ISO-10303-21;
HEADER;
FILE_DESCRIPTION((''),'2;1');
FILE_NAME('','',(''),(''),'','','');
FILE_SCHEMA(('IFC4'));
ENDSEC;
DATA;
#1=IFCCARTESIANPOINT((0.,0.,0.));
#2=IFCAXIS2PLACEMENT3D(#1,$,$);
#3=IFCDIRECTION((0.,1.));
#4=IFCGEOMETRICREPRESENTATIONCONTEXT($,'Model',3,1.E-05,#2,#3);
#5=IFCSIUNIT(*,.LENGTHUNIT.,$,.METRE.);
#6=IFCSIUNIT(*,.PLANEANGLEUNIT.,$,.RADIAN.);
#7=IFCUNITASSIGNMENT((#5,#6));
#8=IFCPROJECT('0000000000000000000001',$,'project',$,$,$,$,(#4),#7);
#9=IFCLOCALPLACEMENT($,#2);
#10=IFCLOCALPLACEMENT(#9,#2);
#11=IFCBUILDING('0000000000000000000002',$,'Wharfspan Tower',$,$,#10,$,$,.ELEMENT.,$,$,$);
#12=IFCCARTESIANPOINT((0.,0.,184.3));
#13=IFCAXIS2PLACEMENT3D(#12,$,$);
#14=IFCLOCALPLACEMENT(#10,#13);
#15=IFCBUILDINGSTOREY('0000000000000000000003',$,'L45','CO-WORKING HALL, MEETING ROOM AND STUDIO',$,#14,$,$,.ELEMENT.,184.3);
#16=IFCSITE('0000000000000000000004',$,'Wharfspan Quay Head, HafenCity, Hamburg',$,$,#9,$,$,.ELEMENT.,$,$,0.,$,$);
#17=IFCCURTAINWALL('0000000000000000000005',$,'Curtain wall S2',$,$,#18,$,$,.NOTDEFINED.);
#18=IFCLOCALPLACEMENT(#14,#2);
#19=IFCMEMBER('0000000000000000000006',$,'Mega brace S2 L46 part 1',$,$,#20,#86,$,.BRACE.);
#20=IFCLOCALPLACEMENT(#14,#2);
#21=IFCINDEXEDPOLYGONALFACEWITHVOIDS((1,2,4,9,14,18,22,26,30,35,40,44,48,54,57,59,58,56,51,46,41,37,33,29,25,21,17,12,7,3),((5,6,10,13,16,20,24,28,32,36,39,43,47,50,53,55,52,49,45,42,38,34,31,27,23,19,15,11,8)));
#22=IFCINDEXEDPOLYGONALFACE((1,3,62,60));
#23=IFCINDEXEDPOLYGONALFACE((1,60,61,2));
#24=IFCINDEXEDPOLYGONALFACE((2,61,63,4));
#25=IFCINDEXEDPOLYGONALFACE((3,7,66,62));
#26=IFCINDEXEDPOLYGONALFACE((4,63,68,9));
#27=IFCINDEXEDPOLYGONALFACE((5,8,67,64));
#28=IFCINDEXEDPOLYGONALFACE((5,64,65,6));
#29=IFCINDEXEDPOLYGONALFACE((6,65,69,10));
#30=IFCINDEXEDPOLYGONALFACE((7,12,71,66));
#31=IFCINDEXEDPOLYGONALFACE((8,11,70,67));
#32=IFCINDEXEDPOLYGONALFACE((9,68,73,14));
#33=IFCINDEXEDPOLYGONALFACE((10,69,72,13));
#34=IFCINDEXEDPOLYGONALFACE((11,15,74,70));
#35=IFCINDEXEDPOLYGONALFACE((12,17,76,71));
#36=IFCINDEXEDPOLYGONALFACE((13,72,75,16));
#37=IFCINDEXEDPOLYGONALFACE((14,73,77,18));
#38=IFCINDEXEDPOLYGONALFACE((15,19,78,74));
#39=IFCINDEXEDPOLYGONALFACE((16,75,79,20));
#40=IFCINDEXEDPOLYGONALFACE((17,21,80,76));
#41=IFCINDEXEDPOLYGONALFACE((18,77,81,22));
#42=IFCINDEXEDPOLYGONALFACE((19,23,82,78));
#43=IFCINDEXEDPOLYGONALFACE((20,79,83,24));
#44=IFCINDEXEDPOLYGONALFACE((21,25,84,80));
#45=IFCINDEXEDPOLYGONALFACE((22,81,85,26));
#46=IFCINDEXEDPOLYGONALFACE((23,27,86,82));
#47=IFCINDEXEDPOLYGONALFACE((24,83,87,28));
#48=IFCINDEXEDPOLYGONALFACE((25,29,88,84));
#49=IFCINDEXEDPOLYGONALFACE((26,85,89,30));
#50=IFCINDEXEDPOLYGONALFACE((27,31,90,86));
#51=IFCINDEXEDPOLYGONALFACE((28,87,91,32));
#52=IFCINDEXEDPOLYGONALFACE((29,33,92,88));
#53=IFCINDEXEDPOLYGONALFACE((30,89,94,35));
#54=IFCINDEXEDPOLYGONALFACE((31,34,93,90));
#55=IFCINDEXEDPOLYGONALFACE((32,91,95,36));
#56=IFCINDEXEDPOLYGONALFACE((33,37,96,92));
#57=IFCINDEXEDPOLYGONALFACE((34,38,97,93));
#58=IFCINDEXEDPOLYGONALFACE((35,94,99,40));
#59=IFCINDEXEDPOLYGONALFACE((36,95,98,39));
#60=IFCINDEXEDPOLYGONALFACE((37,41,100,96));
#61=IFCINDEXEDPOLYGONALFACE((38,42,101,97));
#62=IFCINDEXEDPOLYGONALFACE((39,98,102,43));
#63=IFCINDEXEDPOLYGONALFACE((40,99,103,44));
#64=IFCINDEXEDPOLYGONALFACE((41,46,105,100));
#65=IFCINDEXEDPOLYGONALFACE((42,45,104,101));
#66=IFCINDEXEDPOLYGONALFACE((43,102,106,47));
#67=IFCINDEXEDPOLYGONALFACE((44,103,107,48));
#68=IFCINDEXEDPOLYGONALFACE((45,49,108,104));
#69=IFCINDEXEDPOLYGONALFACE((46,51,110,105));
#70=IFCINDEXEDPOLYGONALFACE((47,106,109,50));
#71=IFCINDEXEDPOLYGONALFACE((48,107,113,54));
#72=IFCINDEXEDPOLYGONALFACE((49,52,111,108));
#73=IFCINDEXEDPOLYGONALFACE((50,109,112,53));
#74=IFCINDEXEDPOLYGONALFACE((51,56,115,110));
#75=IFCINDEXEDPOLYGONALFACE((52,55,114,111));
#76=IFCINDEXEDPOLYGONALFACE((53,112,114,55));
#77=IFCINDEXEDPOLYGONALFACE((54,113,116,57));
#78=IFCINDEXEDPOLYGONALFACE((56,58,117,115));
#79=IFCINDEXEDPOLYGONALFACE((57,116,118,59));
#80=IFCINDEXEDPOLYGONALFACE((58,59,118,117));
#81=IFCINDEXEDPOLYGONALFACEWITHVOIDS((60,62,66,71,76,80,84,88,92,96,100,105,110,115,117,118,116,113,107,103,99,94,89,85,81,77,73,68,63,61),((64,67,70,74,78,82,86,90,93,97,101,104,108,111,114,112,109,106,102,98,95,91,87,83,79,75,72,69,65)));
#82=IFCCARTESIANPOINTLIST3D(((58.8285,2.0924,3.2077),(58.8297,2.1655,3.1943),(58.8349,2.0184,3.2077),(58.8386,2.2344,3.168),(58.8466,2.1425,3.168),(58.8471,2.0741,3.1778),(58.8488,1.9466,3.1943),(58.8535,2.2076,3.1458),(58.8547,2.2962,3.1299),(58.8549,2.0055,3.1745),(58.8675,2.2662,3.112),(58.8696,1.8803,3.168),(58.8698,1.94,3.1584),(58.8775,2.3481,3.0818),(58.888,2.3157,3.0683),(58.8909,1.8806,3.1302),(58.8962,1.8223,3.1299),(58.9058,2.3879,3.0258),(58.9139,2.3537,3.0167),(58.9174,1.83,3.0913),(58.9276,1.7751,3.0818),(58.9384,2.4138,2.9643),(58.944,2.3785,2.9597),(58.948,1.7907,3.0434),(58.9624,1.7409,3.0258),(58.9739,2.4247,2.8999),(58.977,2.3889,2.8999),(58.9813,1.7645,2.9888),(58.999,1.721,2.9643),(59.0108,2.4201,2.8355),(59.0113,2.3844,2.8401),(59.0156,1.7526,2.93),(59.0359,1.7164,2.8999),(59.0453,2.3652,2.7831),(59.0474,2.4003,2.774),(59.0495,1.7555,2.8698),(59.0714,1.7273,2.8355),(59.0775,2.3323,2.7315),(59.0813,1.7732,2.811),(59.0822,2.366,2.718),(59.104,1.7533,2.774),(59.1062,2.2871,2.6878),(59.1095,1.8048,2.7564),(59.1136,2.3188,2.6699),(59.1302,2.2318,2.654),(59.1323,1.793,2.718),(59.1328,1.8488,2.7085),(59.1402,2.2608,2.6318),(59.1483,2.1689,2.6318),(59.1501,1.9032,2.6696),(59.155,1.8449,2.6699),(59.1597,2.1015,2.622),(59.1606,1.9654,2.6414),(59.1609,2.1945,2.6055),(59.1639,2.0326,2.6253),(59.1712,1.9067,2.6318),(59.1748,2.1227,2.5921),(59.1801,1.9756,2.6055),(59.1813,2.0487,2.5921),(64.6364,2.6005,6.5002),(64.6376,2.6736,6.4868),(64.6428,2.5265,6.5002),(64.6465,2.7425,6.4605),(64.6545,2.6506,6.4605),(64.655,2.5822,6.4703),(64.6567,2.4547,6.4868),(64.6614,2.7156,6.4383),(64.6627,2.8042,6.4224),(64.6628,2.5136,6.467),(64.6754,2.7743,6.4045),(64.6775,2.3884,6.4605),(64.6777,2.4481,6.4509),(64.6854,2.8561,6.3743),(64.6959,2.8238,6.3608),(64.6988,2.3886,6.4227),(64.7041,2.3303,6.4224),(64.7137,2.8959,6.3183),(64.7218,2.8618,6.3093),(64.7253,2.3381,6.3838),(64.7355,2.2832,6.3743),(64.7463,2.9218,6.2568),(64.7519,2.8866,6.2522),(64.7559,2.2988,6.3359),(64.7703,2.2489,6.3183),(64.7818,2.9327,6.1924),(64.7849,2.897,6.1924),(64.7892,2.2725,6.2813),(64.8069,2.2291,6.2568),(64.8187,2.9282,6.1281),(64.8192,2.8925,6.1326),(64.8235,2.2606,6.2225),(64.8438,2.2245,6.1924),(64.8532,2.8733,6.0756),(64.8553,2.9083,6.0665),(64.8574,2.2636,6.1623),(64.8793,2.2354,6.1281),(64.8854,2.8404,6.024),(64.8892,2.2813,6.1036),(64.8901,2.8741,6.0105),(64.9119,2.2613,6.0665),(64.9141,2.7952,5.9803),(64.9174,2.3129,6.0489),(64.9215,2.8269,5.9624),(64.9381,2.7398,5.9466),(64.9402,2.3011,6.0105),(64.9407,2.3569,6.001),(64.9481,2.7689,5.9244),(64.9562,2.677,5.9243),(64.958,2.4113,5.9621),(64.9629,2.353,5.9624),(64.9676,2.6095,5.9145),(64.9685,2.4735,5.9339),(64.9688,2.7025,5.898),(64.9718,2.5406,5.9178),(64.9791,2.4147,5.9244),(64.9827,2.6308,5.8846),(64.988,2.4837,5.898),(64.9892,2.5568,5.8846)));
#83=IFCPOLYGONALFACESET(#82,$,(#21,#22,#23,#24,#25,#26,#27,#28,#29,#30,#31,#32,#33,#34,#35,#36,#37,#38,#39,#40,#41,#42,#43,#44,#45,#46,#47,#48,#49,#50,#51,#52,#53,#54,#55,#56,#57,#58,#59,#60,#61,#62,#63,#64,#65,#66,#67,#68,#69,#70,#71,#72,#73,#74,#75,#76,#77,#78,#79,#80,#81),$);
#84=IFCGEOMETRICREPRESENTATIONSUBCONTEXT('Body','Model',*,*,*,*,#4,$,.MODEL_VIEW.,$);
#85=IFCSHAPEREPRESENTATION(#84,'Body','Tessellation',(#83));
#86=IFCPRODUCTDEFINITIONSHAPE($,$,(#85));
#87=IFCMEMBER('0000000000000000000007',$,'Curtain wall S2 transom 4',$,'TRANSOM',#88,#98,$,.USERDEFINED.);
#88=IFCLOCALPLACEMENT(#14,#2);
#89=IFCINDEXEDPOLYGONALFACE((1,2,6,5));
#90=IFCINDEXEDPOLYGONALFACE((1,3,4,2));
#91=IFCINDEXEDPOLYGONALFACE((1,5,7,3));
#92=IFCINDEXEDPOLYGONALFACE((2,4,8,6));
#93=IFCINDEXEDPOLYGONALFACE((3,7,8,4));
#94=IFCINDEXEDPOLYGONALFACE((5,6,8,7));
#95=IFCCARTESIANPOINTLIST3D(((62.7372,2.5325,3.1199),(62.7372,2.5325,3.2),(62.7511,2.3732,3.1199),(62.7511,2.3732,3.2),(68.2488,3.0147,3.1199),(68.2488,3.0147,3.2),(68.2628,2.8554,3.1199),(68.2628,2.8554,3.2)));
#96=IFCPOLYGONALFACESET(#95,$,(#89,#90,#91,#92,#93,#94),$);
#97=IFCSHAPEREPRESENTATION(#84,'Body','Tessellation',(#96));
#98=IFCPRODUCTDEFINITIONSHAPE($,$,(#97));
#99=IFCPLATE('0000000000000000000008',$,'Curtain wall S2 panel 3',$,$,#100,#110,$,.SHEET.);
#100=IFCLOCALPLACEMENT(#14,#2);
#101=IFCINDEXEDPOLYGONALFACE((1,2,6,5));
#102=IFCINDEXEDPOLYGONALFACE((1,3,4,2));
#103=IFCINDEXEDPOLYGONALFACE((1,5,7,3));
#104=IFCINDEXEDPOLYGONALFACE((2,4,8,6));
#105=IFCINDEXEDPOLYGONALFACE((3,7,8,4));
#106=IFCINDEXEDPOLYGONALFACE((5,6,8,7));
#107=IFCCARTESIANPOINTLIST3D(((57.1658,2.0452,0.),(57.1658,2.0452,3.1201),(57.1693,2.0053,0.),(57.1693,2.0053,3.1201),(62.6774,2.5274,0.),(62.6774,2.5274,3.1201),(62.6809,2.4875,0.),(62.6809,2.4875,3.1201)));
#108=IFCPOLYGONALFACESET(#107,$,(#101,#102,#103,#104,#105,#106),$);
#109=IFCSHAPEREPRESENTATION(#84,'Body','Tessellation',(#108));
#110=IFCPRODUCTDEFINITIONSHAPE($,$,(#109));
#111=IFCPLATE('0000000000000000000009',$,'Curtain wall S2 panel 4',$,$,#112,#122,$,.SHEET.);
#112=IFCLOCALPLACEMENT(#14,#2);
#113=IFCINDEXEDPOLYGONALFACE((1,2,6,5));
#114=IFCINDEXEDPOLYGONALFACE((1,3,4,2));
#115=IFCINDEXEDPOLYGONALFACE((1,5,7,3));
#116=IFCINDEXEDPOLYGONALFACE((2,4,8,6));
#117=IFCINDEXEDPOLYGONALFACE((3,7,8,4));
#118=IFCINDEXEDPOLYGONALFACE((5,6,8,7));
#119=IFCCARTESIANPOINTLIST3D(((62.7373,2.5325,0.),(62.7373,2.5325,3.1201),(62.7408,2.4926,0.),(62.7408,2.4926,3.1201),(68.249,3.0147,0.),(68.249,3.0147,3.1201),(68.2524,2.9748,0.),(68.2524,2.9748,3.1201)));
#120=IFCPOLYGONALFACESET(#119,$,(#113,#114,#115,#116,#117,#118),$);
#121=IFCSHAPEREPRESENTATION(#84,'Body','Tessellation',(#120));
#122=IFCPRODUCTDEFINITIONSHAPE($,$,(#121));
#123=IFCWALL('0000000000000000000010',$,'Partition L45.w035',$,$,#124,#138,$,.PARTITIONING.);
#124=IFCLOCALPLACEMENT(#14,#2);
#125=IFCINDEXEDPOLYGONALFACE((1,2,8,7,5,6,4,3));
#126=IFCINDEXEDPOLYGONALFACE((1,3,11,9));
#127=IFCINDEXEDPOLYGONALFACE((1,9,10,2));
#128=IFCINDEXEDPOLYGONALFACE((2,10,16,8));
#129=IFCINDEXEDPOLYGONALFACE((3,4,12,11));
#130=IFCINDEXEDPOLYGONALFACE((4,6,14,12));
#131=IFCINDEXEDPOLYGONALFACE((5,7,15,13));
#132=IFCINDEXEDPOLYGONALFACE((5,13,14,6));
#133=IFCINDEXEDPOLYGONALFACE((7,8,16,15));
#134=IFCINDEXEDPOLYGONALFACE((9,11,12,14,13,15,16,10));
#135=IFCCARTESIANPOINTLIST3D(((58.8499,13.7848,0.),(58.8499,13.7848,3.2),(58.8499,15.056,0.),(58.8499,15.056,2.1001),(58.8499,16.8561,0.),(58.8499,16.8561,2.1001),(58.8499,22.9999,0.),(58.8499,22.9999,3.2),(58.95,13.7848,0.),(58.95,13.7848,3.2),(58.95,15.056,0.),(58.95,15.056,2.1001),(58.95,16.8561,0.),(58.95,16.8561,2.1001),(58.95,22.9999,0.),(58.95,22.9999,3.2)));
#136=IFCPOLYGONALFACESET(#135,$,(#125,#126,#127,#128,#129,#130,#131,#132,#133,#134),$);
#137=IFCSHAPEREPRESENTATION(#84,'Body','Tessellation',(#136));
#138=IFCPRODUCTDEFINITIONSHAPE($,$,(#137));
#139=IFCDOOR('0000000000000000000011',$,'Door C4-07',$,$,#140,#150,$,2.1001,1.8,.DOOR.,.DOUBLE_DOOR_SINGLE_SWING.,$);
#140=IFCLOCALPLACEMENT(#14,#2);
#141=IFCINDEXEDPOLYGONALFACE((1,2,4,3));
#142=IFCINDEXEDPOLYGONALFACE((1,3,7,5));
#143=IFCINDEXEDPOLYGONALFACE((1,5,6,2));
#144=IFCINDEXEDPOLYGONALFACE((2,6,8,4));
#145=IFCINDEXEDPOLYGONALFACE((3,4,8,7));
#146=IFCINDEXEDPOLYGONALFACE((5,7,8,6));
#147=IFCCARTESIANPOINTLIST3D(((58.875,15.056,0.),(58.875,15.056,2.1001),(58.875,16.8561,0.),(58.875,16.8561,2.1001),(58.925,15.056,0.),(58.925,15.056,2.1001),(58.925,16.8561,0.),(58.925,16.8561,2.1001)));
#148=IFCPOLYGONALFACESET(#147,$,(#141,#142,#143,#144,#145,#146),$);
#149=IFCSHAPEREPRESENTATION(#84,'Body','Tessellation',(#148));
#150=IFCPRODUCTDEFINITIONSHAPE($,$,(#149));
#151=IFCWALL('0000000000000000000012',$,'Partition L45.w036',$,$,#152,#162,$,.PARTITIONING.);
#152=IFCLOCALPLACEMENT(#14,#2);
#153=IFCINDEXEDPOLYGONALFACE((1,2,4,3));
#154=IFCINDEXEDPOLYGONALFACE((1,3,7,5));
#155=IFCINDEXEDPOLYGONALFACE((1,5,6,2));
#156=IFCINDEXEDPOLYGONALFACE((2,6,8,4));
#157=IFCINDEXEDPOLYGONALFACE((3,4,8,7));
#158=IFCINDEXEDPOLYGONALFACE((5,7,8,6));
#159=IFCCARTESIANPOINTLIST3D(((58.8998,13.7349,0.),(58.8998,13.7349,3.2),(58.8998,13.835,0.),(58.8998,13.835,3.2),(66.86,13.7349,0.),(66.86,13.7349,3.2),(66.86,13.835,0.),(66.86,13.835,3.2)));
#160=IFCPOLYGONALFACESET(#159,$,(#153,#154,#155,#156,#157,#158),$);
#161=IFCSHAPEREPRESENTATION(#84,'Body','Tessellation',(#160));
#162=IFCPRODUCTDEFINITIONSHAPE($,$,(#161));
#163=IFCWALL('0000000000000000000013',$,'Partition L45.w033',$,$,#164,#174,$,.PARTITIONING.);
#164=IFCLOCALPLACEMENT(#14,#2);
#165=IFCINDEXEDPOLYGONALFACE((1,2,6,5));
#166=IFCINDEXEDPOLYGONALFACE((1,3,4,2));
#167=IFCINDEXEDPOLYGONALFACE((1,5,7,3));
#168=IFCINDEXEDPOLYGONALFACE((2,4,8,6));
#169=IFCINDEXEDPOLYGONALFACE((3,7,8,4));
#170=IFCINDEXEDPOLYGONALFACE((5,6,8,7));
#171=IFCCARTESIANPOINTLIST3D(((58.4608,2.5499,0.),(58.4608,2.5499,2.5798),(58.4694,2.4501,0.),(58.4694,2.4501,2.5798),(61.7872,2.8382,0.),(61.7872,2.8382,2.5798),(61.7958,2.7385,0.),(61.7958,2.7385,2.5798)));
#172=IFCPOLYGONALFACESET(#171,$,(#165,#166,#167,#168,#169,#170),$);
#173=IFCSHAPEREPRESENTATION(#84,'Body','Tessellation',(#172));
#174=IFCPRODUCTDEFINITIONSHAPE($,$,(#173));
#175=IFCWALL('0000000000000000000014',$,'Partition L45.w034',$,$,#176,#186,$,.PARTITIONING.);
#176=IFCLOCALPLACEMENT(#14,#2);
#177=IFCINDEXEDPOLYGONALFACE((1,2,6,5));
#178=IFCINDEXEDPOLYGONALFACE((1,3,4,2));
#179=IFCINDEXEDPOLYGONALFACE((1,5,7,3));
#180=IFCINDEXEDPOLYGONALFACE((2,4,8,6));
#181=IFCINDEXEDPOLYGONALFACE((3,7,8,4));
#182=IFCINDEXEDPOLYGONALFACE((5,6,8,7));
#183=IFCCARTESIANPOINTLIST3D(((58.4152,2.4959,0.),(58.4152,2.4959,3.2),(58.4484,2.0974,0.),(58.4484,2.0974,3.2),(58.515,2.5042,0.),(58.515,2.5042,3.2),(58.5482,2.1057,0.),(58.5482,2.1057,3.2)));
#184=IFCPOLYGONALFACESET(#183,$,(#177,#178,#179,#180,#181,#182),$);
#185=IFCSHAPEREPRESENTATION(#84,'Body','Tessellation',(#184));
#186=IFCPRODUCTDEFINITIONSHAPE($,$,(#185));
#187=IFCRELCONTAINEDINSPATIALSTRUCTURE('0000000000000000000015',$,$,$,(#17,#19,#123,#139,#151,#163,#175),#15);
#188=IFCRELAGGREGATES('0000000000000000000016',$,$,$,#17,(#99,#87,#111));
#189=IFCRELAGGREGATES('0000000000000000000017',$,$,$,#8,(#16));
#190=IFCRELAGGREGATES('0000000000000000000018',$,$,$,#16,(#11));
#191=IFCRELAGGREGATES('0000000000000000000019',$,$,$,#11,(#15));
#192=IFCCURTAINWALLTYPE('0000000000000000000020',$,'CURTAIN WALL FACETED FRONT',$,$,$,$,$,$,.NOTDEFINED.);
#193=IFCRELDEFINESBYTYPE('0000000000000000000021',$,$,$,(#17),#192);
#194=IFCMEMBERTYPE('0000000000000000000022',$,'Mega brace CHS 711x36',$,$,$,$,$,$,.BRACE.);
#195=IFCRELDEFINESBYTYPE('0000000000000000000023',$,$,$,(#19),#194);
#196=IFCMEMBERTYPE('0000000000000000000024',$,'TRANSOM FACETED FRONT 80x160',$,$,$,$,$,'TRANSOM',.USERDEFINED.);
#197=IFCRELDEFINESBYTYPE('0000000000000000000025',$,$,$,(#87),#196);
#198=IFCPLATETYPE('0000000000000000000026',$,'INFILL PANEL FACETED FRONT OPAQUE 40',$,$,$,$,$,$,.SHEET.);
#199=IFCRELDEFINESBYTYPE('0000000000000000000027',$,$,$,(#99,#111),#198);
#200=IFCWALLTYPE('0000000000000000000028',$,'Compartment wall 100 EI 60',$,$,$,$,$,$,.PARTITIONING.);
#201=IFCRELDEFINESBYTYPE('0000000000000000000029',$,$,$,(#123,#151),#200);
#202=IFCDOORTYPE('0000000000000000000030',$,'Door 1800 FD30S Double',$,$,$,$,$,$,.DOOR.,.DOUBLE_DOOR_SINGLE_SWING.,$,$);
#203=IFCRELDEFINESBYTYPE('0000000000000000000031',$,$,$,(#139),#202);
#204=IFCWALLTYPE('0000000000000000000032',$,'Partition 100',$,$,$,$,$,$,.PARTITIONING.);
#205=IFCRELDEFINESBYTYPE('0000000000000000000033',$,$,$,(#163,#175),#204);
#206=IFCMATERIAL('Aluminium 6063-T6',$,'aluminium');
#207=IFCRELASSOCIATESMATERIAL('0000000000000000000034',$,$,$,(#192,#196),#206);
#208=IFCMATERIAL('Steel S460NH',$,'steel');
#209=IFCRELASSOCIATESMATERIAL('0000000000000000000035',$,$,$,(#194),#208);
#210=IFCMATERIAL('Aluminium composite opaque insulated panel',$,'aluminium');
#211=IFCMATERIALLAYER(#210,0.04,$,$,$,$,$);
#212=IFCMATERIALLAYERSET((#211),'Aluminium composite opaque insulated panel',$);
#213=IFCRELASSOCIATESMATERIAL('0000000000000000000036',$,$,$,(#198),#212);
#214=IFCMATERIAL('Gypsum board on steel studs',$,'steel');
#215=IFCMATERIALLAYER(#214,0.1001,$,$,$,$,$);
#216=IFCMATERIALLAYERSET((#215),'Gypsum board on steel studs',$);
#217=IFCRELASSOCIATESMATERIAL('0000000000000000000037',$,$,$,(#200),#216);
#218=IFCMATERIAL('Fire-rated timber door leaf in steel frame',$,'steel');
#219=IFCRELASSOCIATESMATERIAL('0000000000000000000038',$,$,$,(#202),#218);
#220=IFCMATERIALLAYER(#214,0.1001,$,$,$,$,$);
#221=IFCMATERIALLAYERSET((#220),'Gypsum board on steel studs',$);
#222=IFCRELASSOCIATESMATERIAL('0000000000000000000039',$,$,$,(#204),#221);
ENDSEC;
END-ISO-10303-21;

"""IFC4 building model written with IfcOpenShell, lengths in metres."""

from ifc_helpers import new_model, si_unit, direction, frame, frame_2d, origin, origin_2d, place, context, subcontext, project, spatial, rectangle, hollow_circle, extrude, material, layer, layer_set, material_profile, profile_set, type_object, element, fill, aggregate, save


model = new_model("IFC4")

# Units and contexts
model_context = context("Model", 3, precision=1e-05, world=origin(), true_north=direction((0.0, 1.0)))
body_context = subcontext(model_context, "Body", "Model", "MODEL_VIEW")
ifc_project = project(units=[si_unit("LENGTHUNIT", "METRE"), si_unit("PLANEANGLEUNIT", "RADIAN")], contexts=[model_context])

# Site, building, storey
site_placement = place(None, origin())
site = spatial("IfcSite", under=ifc_project, at=site_placement, Name="Wharfspan Quay Head, HafenCity, Hamburg", CompositionType="ELEMENT", RefElevation=0.0)
building_placement = place(site_placement, origin())
building = spatial("IfcBuilding", under=site, at=building_placement, Name="Wharfspan Tower", CompositionType="ELEMENT")
storey_placement = place(building_placement, frame((0.0, 0.0, 184.3)))
storey = spatial("IfcBuildingStorey", under=building, at=storey_placement, Name="L45", Description="CO-WORKING HALL, MEETING ROOM AND STUDIO", CompositionType="ELEMENT", Elevation=184.3)

# Curtain wall
ifc_material_1 = material(Name="Aluminium 6063-T6", Category="aluminium")
curtain_wall_type = type_object("IfcCurtainWallType", Name="CURTAIN WALL FACETED FRONT", PredefinedType="NOTDEFINED", material=ifc_material_1)
curtain_wall_placement = place(storey_placement, origin())
curtain_wall = element("IfcCurtainWall", 1, at=curtain_wall_placement, inside=storey, type_object=curtain_wall_type, Name="Curtain wall S2", PredefinedType="NOTDEFINED")

# Members
ifc_material_2 = material(Name="Steel S460NH", Category="steel")
ifc_material_profile_1 = material_profile(ifc_material_2, hollow_circle(Radius=0.3555, WallThickness=0.0359, at=origin_2d()))
ifc_profile_set_1 = profile_set([ifc_material_profile_1], Name="Steel S460NH")
member_type_1 = type_object("IfcMemberType", Name="Mega brace CHS 711x36", PredefinedType="BRACE", material=ifc_profile_set_1)
member_1_placement = place(storey_placement, frame((59.0049, 2.0706, 2.8999), z_axis=(0.867427, 0.07588, 0.491745), x_axis=(-0.087145, 0.996197, 0.000001)))
element("IfcMember", 2, at=member_1_placement, inside=storey, type_object=member_type_1, Name="Mega brace S2 L46 part 1", PredefinedType="BRACE", context=body_context, shape_type="SweptSolid", body=[
    extrude(hollow_circle(Radius=0.3555, WallThickness=0.0359, at=origin_2d()), origin(), (0.0, 0.0, 1.0), 6.6956),
])
ifc_material_profile_2 = material_profile(ifc_material_1, rectangle(XDim=0.1599, YDim=0.0801, at=origin_2d()))
ifc_profile_set_2 = profile_set([ifc_material_profile_2], Name="Aluminium 6063-T6")
member_type_2 = type_object("IfcMemberType", Name="TRANSOM FACETED FRONT 80x160", ElementType="TRANSOM", PredefinedType="USERDEFINED", material=ifc_profile_set_2)
member_2_placement = place(storey_placement, frame((62.7441, 2.4529, 3.1599), z_axis=(0.996195, 0.087149, 0.0), x_axis=(-0.087149, 0.996195, 0.0)))
member_2 = element("IfcMember", 3, at=member_2_placement, type_object=member_type_2, Name="Curtain wall S2 transom 4", ObjectType="TRANSOM", PredefinedType="USERDEFINED", context=body_context, shape_type="SweptSolid", body=[
    extrude(rectangle(XDim=0.1599, YDim=0.0801, at=origin_2d()), origin(), (0.0, 0.0, 1.0), 5.5327),
])

# Plates
ifc_material_3 = material(Name="Aluminium composite opaque insulated panel", Category="aluminium")
ifc_layer_1 = layer(ifc_material_3, 0.04)
ifc_layer_set_1 = layer_set([ifc_layer_1], Name="Aluminium composite opaque insulated panel")
plate_type = type_object("IfcPlateType", Name="INFILL PANEL FACETED FRONT OPAQUE 40", PredefinedType="SHEET", material=ifc_layer_set_1)
plate_1_placement = place(storey_placement, frame((59.9233, 2.2664, 0.0), z_axis=(0.0, 0.0, 1.0), x_axis=(0.996198, 0.087156, 0.0)))
plate_1 = element("IfcPlate", 4, at=plate_1_placement, type_object=plate_type, Name="Curtain wall S2 panel 3", PredefinedType="SHEET", context=body_context, shape_type="SweptSolid", body=[
    extrude(rectangle(XDim=5.5327, YDim=0.04, at=origin_2d()), origin(), (0.0, 0.0, 1.0), 3.1201),
])
plate_2_placement = place(storey_placement, frame((65.4949, 2.7537, 0.0), z_axis=(0.0, 0.0, 1.0), x_axis=(0.996198, 0.087156, 0.0)))
plate_2 = element("IfcPlate", 5, at=plate_2_placement, type_object=plate_type, Name="Curtain wall S2 panel 4", PredefinedType="SHEET", context=body_context, shape_type="SweptSolid", body=[
    extrude(rectangle(XDim=5.5327, YDim=0.04, at=origin_2d()), origin(), (0.0, 0.0, 1.0), 3.1201),
])
aggregate(curtain_wall, [plate_1, member_2, plate_2])

# Wall, opening, door
ifc_material_4 = material(Name="Gypsum board on steel studs", Category="steel")
ifc_layer_2 = layer(ifc_material_4, 0.1001)
ifc_layer_set_2 = layer_set([ifc_layer_2], Name="Gypsum board on steel studs")
wall_type_1 = type_object("IfcWallType", Name="Compartment wall 100 EI 60", PredefinedType="PARTITIONING", material=ifc_layer_set_2)
wall_1_placement = place(storey_placement, frame((58.8999, 13.7849, 0.0), z_axis=(0.0, 0.0, 1.0), x_axis=(0.0, 1.0, 0.0)))
wall_1 = element("IfcWall", 6, at=wall_1_placement, inside=storey, type_object=wall_type_1, Name="Partition L45.w035", PredefinedType="PARTITIONING", context=body_context, shape_type="SweptSolid", body=[
    extrude(rectangle(XDim=9.2151, YDim=0.1001, at=frame_2d((4.6074, 0.0))), origin(), (0.0, 0.0, 1.0), 3.2),
])
opening_1_placement = place(wall_1_placement, frame((1.2712, 0.0, 0.0)))
opening_1 = element("IfcOpeningElement", 7, at=opening_1_placement, cuts=wall_1, PredefinedType="OPENING", context=body_context, shape_type="SweptSolid", body=[
    extrude(rectangle(XDim=1.8, YDim=2.1001, at=frame_2d((0.8999, 1.05))), frame((0.0, 0.0601, 0.0), z_axis=(0.0, -1.0, 0.0), x_axis=(1.0, 0.0, 0.0)), (0.0, 0.0, 1.0), 0.1201),
])
ifc_material_5 = material(Name="Fire-rated timber door leaf in steel frame", Category="steel")
door_type_1 = type_object("IfcDoorType", Name="Door 1800 FD30S Double", OperationType="DOUBLE_DOOR_SINGLE_SWING", PredefinedType="DOOR", material=ifc_material_5)
door_1_placement = place(opening_1_placement, origin())
door_1 = element("IfcDoor", 8, at=door_1_placement, inside=storey, type_object=door_type_1, Name="Door C4-07", OperationType="DOUBLE_DOOR_SINGLE_SWING", OverallHeight=2.1001, OverallWidth=1.8, PredefinedType="DOOR", context=body_context, shape_type="SweptSolid", body=[
    extrude(rectangle(XDim=1.8, YDim=2.1001, at=frame_2d((0.8999, 1.05))), frame((0.0, 0.0249, 0.0), z_axis=(0.0, -1.0, 0.0), x_axis=(1.0, 0.0, 0.0)), (0.0, 0.0, 1.0), 0.05),
])
fill(opening_1, door_1)

# Walls
wall_2_placement = place(storey_placement, frame((58.8999, 13.7849, 0.0), z_axis=(0.0, 0.0, 1.0), x_axis=(1.0, 0.0, 0.0)))
element("IfcWall", 9, at=wall_2_placement, inside=storey, type_object=wall_type_1, Name="Partition L45.w036", PredefinedType="PARTITIONING", context=body_context, shape_type="SweptSolid", body=[
    extrude(rectangle(XDim=7.9602, YDim=0.1001, at=frame_2d((3.98, 0.0))), origin(), (0.0, 0.0, 1.0), 3.2),
])
ifc_layer_3 = layer(ifc_material_4, 0.1001)
ifc_layer_set_3 = layer_set([ifc_layer_3], Name="Gypsum board on steel studs")
wall_type_2 = type_object("IfcWallType", Name="Partition 100", PredefinedType="PARTITIONING", material=ifc_layer_set_3)
wall_3_placement = place(storey_placement, frame((58.4651, 2.5, 0.0), z_axis=(0.0, 0.0, 1.0), x_axis=(0.996263, 0.086355, 0.0)))
element("IfcWall", 10, at=wall_3_placement, inside=storey, type_object=wall_type_2, Name="Partition L45.w033", PredefinedType="PARTITIONING", context=body_context, shape_type="SweptSolid", body=[
    extrude(rectangle(XDim=3.3389, YDim=0.1001, at=frame_2d((1.6694, 0.0))), origin(), (0.0, 0.0, 1.0), 2.5798),
])
wall_4_placement = place(storey_placement, frame((58.4983, 2.1016, 0.0), z_axis=(0.0, 0.0, 1.0), x_axis=(-0.083045, 0.996542, 0.0)))
element("IfcWall", 11, at=wall_4_placement, inside=storey, type_object=wall_type_2, Name="Partition L45.w034", PredefinedType="PARTITIONING", context=body_context, shape_type="SweptSolid", body=[
    extrude(rectangle(XDim=0.3999, YDim=0.1001, at=frame_2d((0.2, 0.0))), origin(), (0.0, 0.0, 1.0), 3.2),
])

save(model, "model.ifc")
